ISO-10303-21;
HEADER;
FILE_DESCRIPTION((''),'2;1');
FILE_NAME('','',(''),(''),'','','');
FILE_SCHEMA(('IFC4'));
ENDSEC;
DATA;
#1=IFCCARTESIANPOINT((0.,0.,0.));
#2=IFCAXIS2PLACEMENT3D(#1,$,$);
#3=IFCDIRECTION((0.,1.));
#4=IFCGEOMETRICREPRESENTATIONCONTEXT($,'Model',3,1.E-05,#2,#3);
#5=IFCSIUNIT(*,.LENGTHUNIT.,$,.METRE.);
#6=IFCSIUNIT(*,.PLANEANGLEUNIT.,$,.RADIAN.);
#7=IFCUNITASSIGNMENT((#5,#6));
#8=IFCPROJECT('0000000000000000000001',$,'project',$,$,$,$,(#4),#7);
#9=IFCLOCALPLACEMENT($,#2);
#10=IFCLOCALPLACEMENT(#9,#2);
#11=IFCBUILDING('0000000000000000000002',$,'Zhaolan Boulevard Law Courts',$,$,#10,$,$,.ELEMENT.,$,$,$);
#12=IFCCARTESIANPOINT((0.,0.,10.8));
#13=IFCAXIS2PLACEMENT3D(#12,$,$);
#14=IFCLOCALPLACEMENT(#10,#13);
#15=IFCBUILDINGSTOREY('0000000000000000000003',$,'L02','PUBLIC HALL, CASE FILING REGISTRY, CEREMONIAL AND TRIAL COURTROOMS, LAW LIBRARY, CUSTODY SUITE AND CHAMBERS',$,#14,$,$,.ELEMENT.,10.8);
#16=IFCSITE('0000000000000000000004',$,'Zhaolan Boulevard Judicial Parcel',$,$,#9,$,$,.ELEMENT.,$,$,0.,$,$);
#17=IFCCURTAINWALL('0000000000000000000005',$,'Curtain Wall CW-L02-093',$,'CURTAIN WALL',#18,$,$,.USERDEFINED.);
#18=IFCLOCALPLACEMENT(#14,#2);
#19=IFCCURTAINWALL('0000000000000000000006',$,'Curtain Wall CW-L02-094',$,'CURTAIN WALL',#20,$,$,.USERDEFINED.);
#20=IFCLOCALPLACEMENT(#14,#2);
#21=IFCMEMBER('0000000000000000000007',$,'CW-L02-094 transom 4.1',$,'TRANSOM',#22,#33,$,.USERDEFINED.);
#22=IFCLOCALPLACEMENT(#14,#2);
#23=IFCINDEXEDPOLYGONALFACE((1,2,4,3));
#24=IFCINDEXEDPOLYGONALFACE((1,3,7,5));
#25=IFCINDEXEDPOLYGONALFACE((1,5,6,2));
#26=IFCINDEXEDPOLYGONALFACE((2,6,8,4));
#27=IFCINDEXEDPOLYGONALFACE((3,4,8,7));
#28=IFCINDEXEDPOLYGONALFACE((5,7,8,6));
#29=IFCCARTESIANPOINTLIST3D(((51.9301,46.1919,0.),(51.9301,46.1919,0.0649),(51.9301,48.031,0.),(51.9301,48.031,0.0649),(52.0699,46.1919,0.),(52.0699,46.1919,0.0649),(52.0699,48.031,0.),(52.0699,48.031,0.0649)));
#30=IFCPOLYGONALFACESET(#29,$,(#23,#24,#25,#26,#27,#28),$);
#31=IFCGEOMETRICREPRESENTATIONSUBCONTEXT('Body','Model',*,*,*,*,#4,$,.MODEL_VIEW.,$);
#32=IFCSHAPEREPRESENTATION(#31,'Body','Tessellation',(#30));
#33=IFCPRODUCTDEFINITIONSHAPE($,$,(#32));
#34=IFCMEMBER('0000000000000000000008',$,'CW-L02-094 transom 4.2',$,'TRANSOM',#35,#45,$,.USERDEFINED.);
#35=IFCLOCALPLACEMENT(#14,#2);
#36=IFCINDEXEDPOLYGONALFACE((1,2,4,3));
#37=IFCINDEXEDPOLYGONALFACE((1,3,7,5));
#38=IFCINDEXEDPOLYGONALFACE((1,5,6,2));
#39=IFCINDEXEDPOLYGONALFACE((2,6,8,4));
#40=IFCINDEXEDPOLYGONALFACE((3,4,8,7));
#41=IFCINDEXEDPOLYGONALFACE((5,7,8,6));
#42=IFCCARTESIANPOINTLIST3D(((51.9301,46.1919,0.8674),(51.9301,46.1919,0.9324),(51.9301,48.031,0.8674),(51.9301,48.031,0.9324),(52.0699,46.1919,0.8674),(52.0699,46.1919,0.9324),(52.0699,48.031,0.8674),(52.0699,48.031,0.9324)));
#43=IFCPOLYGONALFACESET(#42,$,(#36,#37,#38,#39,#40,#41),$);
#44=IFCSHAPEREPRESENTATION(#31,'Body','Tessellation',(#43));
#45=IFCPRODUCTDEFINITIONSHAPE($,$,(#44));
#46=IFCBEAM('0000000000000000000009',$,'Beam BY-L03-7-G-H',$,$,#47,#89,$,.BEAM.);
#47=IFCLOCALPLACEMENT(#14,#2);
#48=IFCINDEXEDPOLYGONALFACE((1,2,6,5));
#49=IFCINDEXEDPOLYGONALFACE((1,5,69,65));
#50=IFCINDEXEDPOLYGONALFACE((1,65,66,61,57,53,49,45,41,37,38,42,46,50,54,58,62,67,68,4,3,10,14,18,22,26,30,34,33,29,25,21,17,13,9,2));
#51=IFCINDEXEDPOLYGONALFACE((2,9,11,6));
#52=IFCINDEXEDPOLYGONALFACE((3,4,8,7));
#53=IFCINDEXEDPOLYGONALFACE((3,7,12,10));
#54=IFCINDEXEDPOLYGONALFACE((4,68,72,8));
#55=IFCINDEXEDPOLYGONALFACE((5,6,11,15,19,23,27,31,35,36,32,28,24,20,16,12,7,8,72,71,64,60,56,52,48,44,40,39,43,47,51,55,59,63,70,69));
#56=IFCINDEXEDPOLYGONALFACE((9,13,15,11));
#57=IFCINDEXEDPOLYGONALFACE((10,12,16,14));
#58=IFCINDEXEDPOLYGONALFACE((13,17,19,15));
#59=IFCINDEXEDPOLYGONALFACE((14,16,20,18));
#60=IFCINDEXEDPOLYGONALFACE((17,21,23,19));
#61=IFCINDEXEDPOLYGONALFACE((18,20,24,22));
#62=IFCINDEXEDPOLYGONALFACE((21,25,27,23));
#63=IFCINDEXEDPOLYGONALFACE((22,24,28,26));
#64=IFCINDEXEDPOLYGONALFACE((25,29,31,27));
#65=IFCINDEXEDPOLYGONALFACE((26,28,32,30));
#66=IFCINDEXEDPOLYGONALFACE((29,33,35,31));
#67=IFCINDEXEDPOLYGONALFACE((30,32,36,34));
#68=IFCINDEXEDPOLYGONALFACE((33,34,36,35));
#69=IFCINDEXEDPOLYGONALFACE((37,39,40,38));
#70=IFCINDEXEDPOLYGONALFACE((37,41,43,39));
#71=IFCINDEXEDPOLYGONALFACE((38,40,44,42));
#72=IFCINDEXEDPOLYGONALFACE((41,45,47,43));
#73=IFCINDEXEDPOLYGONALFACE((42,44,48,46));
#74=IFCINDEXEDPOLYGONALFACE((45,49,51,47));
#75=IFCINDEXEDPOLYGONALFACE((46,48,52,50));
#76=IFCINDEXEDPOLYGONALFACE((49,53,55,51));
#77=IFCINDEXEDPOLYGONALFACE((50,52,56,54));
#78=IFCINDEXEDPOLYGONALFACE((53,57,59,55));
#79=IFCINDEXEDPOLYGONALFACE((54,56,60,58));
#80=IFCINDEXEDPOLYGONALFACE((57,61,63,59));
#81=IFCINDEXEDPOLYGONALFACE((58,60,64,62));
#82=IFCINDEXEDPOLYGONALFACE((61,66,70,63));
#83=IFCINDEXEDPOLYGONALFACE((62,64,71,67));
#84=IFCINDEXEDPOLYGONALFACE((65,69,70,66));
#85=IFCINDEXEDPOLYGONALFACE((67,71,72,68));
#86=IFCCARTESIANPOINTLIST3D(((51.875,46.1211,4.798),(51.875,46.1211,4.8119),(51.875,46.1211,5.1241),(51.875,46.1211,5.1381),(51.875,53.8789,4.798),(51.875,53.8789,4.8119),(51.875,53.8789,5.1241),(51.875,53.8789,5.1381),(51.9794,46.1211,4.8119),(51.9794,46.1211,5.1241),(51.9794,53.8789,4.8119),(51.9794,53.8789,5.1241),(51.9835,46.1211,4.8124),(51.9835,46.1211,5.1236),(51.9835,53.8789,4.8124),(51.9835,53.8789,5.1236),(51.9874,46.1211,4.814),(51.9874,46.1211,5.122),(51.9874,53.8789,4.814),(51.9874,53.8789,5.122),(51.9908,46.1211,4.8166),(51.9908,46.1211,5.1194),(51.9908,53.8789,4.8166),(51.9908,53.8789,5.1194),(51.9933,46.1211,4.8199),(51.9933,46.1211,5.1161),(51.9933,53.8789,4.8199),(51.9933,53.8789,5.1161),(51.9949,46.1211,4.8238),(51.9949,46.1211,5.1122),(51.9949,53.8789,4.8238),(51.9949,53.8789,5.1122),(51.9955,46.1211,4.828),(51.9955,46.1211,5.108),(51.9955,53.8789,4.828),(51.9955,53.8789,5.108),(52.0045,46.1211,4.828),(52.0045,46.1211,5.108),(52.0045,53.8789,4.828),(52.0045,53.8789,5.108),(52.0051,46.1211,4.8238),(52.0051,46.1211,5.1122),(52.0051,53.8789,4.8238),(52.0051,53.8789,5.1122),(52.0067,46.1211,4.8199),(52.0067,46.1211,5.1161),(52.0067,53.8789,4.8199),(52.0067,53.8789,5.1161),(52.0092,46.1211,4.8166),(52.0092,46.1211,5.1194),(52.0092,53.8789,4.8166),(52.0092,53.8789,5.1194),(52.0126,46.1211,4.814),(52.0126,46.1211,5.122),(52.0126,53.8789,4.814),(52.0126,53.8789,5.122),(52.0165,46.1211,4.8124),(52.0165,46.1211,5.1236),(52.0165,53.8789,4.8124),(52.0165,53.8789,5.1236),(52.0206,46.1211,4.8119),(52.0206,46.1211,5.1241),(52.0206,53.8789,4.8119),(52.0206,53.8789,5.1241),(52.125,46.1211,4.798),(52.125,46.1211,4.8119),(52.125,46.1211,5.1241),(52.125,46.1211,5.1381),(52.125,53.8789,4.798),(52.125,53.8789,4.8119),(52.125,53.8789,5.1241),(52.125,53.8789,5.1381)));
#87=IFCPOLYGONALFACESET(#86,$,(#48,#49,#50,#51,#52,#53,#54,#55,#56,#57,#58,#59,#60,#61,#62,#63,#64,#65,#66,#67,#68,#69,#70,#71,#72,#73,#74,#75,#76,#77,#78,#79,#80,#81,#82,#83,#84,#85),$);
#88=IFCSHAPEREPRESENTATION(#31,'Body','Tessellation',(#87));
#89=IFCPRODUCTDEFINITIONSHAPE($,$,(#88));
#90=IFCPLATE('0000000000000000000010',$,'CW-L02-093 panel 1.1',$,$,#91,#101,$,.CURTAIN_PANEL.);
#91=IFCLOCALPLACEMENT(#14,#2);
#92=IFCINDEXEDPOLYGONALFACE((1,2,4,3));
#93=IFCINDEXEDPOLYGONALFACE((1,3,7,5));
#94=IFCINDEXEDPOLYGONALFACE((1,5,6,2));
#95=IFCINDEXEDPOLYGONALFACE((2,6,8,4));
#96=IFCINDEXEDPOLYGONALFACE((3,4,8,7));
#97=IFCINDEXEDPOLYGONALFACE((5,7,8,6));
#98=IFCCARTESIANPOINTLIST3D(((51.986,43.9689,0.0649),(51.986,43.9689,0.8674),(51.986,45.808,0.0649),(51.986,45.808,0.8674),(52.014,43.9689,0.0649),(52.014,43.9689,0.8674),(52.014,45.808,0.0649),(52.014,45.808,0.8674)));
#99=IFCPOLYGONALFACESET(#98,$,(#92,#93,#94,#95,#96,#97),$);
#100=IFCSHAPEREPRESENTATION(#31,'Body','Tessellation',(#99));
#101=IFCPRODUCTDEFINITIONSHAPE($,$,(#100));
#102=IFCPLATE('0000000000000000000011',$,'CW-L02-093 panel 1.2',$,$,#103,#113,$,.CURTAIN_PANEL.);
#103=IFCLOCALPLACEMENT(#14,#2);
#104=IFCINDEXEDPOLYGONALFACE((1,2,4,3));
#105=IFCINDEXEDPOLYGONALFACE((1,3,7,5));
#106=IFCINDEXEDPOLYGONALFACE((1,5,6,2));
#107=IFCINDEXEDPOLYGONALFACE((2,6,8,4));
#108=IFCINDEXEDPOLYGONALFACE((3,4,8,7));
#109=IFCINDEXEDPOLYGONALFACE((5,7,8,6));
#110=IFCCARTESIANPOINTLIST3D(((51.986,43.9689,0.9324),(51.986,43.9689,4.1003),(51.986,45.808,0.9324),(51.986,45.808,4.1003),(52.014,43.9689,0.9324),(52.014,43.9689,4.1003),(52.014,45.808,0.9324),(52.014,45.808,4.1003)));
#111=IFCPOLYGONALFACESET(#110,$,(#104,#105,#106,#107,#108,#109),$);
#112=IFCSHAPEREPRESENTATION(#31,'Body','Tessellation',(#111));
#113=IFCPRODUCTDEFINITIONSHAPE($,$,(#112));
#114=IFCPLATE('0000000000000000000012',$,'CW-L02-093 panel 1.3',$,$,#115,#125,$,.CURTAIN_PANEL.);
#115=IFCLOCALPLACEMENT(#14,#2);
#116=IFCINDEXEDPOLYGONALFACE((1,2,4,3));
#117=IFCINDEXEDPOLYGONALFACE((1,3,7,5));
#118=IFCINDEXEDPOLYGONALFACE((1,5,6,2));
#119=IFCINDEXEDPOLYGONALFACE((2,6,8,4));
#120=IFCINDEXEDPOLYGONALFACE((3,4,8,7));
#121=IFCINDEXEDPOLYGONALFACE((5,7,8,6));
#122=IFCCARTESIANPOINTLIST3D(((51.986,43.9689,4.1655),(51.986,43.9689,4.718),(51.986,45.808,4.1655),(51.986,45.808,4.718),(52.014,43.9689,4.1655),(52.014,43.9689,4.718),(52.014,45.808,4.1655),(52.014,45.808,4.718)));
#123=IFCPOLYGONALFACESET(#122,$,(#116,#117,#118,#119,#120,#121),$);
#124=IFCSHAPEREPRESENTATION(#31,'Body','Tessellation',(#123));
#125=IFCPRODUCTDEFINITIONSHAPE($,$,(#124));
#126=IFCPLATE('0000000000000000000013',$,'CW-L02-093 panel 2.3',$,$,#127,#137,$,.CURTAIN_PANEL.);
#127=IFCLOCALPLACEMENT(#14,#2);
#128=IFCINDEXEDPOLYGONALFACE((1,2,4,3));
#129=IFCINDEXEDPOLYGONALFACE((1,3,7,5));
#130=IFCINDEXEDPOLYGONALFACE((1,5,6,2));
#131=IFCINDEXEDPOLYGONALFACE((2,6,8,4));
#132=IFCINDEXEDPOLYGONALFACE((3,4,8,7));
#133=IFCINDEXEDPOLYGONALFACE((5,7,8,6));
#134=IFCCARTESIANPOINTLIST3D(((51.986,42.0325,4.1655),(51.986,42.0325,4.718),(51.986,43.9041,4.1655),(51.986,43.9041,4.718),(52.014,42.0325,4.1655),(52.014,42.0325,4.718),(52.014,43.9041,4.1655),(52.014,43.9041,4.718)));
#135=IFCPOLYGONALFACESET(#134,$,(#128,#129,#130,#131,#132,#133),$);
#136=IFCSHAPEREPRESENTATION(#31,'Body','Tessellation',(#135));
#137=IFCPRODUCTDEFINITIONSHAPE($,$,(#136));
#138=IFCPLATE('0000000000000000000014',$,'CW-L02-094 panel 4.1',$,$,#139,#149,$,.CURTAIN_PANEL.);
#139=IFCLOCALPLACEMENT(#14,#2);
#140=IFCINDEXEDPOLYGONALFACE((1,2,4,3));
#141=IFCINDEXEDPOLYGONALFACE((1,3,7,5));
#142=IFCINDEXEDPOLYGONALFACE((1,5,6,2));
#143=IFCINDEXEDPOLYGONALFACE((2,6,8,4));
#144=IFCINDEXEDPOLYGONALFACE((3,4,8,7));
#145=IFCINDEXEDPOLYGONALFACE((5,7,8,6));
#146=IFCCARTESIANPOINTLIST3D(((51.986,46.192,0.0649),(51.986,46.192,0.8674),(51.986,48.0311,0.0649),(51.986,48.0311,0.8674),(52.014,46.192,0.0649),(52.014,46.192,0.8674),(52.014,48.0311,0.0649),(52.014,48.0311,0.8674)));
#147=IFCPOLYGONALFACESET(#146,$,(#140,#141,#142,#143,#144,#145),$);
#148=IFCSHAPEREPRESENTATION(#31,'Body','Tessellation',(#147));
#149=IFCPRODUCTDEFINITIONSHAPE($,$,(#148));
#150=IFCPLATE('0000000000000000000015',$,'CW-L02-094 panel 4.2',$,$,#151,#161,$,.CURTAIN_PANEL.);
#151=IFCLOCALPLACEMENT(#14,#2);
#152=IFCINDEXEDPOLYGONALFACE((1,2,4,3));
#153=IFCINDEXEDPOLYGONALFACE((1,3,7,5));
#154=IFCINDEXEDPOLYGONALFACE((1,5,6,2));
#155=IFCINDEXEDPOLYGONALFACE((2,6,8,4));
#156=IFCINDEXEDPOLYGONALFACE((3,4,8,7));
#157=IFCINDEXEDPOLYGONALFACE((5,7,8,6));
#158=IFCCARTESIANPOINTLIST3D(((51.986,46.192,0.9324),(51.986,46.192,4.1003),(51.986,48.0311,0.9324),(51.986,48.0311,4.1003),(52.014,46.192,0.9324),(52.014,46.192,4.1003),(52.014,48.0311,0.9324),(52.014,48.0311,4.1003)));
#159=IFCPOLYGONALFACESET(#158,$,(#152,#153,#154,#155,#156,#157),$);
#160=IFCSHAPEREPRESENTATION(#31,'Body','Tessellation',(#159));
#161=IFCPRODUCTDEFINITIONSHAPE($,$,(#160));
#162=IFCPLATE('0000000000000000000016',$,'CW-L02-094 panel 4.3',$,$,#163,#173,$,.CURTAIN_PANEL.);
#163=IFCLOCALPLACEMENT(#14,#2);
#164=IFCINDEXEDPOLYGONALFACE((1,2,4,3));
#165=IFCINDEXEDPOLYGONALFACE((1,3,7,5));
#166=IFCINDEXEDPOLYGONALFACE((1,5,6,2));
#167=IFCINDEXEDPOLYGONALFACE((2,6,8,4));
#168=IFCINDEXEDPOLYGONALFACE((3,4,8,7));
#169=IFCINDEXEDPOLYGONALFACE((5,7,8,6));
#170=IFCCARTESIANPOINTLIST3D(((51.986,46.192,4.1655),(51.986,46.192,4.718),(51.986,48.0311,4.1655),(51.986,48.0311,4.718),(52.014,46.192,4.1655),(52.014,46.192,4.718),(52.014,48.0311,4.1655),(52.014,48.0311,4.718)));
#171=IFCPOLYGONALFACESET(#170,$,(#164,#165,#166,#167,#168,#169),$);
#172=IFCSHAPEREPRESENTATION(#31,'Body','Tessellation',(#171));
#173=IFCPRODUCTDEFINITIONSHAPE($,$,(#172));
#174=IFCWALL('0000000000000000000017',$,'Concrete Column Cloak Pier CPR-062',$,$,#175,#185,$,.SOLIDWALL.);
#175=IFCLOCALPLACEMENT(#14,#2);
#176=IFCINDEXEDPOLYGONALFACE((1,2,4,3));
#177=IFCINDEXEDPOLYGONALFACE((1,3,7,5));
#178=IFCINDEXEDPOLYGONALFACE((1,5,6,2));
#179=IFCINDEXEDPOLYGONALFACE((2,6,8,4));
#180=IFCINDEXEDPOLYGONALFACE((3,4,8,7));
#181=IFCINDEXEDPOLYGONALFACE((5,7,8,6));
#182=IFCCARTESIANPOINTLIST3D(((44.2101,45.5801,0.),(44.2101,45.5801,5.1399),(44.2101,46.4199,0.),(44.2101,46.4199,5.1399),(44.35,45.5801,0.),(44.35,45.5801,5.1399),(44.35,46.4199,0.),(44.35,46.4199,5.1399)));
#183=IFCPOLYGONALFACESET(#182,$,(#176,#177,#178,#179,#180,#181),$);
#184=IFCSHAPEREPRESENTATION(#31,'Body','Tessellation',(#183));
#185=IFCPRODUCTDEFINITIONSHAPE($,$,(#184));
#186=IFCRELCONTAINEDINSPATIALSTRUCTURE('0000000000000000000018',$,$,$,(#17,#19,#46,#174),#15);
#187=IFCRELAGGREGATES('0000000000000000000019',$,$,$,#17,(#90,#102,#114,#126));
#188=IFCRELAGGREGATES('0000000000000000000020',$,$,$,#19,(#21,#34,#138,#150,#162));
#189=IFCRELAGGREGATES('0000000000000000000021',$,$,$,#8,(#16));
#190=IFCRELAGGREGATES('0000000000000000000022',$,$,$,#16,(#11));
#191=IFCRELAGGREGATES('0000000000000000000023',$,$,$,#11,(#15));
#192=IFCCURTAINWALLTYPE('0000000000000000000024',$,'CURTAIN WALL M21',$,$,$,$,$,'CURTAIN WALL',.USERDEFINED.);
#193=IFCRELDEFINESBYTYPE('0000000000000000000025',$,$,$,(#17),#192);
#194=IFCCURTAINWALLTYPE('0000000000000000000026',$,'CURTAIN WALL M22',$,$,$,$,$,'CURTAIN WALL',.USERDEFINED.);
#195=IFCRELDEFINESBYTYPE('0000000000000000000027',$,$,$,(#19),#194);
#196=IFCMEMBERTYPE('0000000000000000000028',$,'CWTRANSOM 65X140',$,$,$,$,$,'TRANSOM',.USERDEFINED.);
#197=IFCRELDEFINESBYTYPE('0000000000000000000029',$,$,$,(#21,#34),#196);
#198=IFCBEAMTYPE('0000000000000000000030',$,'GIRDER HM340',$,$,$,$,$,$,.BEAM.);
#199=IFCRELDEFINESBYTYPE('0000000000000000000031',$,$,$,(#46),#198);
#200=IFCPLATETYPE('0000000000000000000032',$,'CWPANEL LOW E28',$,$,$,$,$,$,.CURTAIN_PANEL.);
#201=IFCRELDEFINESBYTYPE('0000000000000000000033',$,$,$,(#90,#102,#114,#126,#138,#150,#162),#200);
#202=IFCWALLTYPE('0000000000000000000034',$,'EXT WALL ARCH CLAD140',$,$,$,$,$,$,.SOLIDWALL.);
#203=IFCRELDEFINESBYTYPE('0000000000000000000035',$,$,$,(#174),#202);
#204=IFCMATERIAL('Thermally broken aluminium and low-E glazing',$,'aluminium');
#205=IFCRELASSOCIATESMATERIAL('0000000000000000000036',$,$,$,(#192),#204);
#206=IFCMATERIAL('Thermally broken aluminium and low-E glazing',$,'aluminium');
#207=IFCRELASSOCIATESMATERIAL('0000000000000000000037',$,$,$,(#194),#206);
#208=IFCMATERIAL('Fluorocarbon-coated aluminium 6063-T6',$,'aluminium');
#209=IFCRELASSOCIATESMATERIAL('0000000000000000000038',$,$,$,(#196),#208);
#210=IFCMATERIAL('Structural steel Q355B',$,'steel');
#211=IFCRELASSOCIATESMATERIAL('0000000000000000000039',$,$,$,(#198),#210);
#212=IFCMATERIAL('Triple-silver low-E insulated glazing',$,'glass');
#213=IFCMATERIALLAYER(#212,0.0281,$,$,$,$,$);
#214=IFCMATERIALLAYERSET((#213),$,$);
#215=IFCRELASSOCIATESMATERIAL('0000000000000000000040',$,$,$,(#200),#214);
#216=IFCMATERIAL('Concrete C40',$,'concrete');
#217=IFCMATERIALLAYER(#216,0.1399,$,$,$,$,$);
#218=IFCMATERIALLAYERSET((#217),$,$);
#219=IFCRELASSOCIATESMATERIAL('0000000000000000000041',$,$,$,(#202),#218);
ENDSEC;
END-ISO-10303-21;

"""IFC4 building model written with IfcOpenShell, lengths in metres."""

from ifc_helpers import new_model, si_unit, direction, frame, frame_2d, origin, origin_2d, place, context, subcontext, project, spatial, rectangle, i_section, extrude, material, layer, layer_set, material_profile, profile_set, type_object, element, aggregate, save


model = new_model("IFC4")

# Units and contexts
model_context = context("Model", 3, precision=1e-05, world=origin(), true_north=direction((0.0, 1.0)))
body_context = subcontext(model_context, "Body", "Model", "MODEL_VIEW")
ifc_project = project(units=[si_unit("LENGTHUNIT", "METRE"), si_unit("PLANEANGLEUNIT", "RADIAN")], contexts=[model_context])

# Site, building, storey
site_placement = place(None, origin())
site = spatial("IfcSite", under=ifc_project, at=site_placement, Name="Zhaolan Boulevard Judicial Parcel", CompositionType="ELEMENT", RefElevation=0.0)
building_placement = place(site_placement, origin())
building = spatial("IfcBuilding", under=site, at=building_placement, Name="Zhaolan Boulevard Law Courts", CompositionType="ELEMENT")
storey_placement = place(building_placement, frame((0.0, 0.0, 10.8)))
storey = spatial("IfcBuildingStorey", under=building, at=storey_placement, Name="L02", Description="PUBLIC HALL, CASE FILING REGISTRY, CEREMONIAL AND TRIAL COURTROOMS, LAW LIBRARY, CUSTODY SUITE AND CHAMBERS", CompositionType="ELEMENT", Elevation=10.8)

# Curtain wall
ifc_material_1 = material(Name="Thermally broken aluminium and low-E glazing", Category="aluminium")
curtain_wall_type_1 = type_object("IfcCurtainWallType", Name="CURTAIN WALL M21", ElementType="CURTAIN WALL", PredefinedType="USERDEFINED", material=ifc_material_1)
curtain_wall_1_placement = place(storey_placement, origin())
curtain_wall_1 = element("IfcCurtainWall", 1, at=curtain_wall_1_placement, inside=storey, type_object=curtain_wall_type_1, Name="Curtain Wall CW-L02-093", ObjectType="CURTAIN WALL", PredefinedType="USERDEFINED")

# Curtain wall
ifc_material_2 = material(Name="Thermally broken aluminium and low-E glazing", Category="aluminium")
curtain_wall_type_2 = type_object("IfcCurtainWallType", Name="CURTAIN WALL M22", ElementType="CURTAIN WALL", PredefinedType="USERDEFINED", material=ifc_material_2)
curtain_wall_2_placement = place(storey_placement, origin())
curtain_wall_2 = element("IfcCurtainWall", 2, at=curtain_wall_2_placement, inside=storey, type_object=curtain_wall_type_2, Name="Curtain Wall CW-L02-094", ObjectType="CURTAIN WALL", PredefinedType="USERDEFINED")

# Members
ifc_material_3 = material(Name="Fluorocarbon-coated aluminium 6063-T6", Category="aluminium")
ifc_material_profile_1 = material_profile(ifc_material_3, rectangle(XDim=0.1399, YDim=0.0649, at=origin_2d()), Name="AL65x140")
ifc_profile_set_1 = profile_set([ifc_material_profile_1], Name="Fluorocarbon-coated aluminium 6063-T6")
member_type_1 = type_object("IfcMemberType", Name="CWTRANSOM 65X140", ElementType="TRANSOM", PredefinedType="USERDEFINED", material=ifc_profile_set_1)
member_1_placement = place(storey_placement, frame((52.0, 48.031, 0.0325), z_axis=(0.0, -1.0, 0.0), x_axis=(1.0, 0.0, 0.0)))
member_1 = element("IfcMember", 3, at=member_1_placement, type_object=member_type_1, Name="CW-L02-094 transom 4.1", ObjectType="TRANSOM", PredefinedType="USERDEFINED", context=body_context, shape_type="SweptSolid", body=[
    extrude(rectangle(XDim=0.1399, YDim=0.0649, at=origin_2d()), origin(), (0.0, 0.0, 1.0), 1.8391),
])
member_2_placement = place(storey_placement, frame((52.0, 48.031, 0.8999), z_axis=(0.0, -1.0, 0.0), x_axis=(1.0, 0.0, 0.0)))
member_2 = element("IfcMember", 4, at=member_2_placement, type_object=member_type_1, Name="CW-L02-094 transom 4.2", ObjectType="TRANSOM", PredefinedType="USERDEFINED", context=body_context, shape_type="SweptSolid", body=[
    extrude(rectangle(XDim=0.1399, YDim=0.0649, at=origin_2d()), origin(), (0.0, 0.0, 1.0), 1.8391),
])

# Beam
ifc_material_4 = material(Name="Structural steel Q355B", Category="steel")
ifc_material_profile_2 = material_profile(ifc_material_4, i_section(OverallWidth=0.25, OverallDepth=0.3401, WebThickness=0.009, FlangeThickness=0.0139, FilletRadius=0.0161, at=origin_2d()), Name="HM340x250")
ifc_profile_set_2 = profile_set([ifc_material_profile_2], Name="Structural steel Q355B")
beam_type = type_object("IfcBeamType", Name="GIRDER HM340", PredefinedType="BEAM", material=ifc_profile_set_2)
beam_placement = place(storey_placement, frame((52.0, 46.1211, 4.968), z_axis=(0.0, 1.0, 0.0), x_axis=(-1.0, 0.0, 0.0)))
element("IfcBeam", 5, at=beam_placement, inside=storey, type_object=beam_type, Name="Beam BY-L03-7-G-H", PredefinedType="BEAM", context=body_context, shape_type="SweptSolid", body=[
    extrude(i_section(OverallWidth=0.25, OverallDepth=0.3401, WebThickness=0.009, FlangeThickness=0.0139, FilletRadius=0.0161, at=origin_2d()), origin(), (0.0, 0.0, 1.0), 7.7578),
])

# Plates
ifc_material_5 = material(Name="Triple-silver low-E insulated glazing", Category="glass")
ifc_layer_1 = layer(ifc_material_5, 0.0281)
ifc_layer_set_1 = layer_set([ifc_layer_1])
plate_type = type_object("IfcPlateType", Name="CWPANEL LOW E28", PredefinedType="CURTAIN_PANEL", material=ifc_layer_set_1)
plate_1_placement = place(storey_placement, frame((52.0, 44.8884, 0.0649), z_axis=(0.0, 0.0, 1.0), x_axis=(0.0, -1.0, 0.0)))
plate_1 = element("IfcPlate", 6, at=plate_1_placement, type_object=plate_type, Name="CW-L02-093 panel 1.1", PredefinedType="CURTAIN_PANEL", context=body_context, shape_type="SweptSolid", body=[
    extrude(rectangle(XDim=1.8391, YDim=0.0281, at=origin_2d()), origin(), (0.0, 0.0, 1.0), 0.8025),
])
plate_2_placement = place(storey_placement, frame((52.0, 44.8884, 0.9324), z_axis=(0.0, 0.0, 1.0), x_axis=(0.0, -1.0, 0.0)))
plate_2 = element("IfcPlate", 7, at=plate_2_placement, type_object=plate_type, Name="CW-L02-093 panel 1.2", PredefinedType="CURTAIN_PANEL", context=body_context, shape_type="SweptSolid", body=[
    extrude(rectangle(XDim=1.8391, YDim=0.0281, at=origin_2d()), origin(), (0.0, 0.0, 1.0), 3.168),
])
plate_3_placement = place(storey_placement, frame((52.0, 44.8884, 4.1655), z_axis=(0.0, 0.0, 1.0), x_axis=(0.0, -1.0, 0.0)))
plate_3 = element("IfcPlate", 8, at=plate_3_placement, type_object=plate_type, Name="CW-L02-093 panel 1.3", PredefinedType="CURTAIN_PANEL", context=body_context, shape_type="SweptSolid", body=[
    extrude(rectangle(XDim=1.8391, YDim=0.0281, at=origin_2d()), origin(), (0.0, 0.0, 1.0), 0.5525),
])
plate_4_placement = place(storey_placement, frame((52.0, 42.9683, 4.1655), z_axis=(0.0, 0.0, 1.0), x_axis=(0.0, -1.0, 0.0)))
plate_4 = element("IfcPlate", 9, at=plate_4_placement, type_object=plate_type, Name="CW-L02-093 panel 2.3", PredefinedType="CURTAIN_PANEL", context=body_context, shape_type="SweptSolid", body=[
    extrude(rectangle(XDim=1.8716, YDim=0.0281, at=origin_2d()), origin(), (0.0, 0.0, 1.0), 0.5525),
])
aggregate(curtain_wall_1, [plate_1, plate_2, plate_3, plate_4])
plate_5_placement = place(storey_placement, frame((52.0, 47.1116, 0.0649), z_axis=(0.0, 0.0, 1.0), x_axis=(0.0, -1.0, 0.0)))
plate_5 = element("IfcPlate", 10, at=plate_5_placement, type_object=plate_type, Name="CW-L02-094 panel 4.1", PredefinedType="CURTAIN_PANEL", context=body_context, shape_type="SweptSolid", body=[
    extrude(rectangle(XDim=1.8391, YDim=0.0281, at=origin_2d()), origin(), (0.0, 0.0, 1.0), 0.8025),
])
plate_6_placement = place(storey_placement, frame((52.0, 47.1116, 0.9324), z_axis=(0.0, 0.0, 1.0), x_axis=(0.0, -1.0, 0.0)))
plate_6 = element("IfcPlate", 11, at=plate_6_placement, type_object=plate_type, Name="CW-L02-094 panel 4.2", PredefinedType="CURTAIN_PANEL", context=body_context, shape_type="SweptSolid", body=[
    extrude(rectangle(XDim=1.8391, YDim=0.0281, at=origin_2d()), origin(), (0.0, 0.0, 1.0), 3.168),
])
plate_7_placement = place(storey_placement, frame((52.0, 47.1116, 4.1655), z_axis=(0.0, 0.0, 1.0), x_axis=(0.0, -1.0, 0.0)))
plate_7 = element("IfcPlate", 12, at=plate_7_placement, type_object=plate_type, Name="CW-L02-094 panel 4.3", PredefinedType="CURTAIN_PANEL", context=body_context, shape_type="SweptSolid", body=[
    extrude(rectangle(XDim=1.8391, YDim=0.0281, at=origin_2d()), origin(), (0.0, 0.0, 1.0), 0.5525),
])
aggregate(curtain_wall_2, [member_1, member_2, plate_5, plate_6, plate_7])

# Wall
ifc_material_6 = material(Name="Concrete C40", Category="concrete")
ifc_layer_2 = layer(ifc_material_6, 0.1399)
ifc_layer_set_2 = layer_set([ifc_layer_2])
wall_type = type_object("IfcWallType", Name="EXT WALL ARCH CLAD140", PredefinedType="SOLIDWALL", material=ifc_layer_set_2)
wall_placement = place(storey_placement, frame((44.28, 45.5801, 0.0), z_axis=(0.0, 0.0, 1.0), x_axis=(0.0, 1.0, 0.0)))
element("IfcWall", 13, at=wall_placement, inside=storey, type_object=wall_type, Name="Concrete Column Cloak Pier CPR-062", PredefinedType="SOLIDWALL", context=body_context, shape_type="SweptSolid", body=[
    extrude(rectangle(XDim=0.8398, YDim=0.1399, at=frame_2d((0.4199, 0.0))), origin(), (0.0, 0.0, 1.0), 5.1399),
])

save(model, "model.ifc")
